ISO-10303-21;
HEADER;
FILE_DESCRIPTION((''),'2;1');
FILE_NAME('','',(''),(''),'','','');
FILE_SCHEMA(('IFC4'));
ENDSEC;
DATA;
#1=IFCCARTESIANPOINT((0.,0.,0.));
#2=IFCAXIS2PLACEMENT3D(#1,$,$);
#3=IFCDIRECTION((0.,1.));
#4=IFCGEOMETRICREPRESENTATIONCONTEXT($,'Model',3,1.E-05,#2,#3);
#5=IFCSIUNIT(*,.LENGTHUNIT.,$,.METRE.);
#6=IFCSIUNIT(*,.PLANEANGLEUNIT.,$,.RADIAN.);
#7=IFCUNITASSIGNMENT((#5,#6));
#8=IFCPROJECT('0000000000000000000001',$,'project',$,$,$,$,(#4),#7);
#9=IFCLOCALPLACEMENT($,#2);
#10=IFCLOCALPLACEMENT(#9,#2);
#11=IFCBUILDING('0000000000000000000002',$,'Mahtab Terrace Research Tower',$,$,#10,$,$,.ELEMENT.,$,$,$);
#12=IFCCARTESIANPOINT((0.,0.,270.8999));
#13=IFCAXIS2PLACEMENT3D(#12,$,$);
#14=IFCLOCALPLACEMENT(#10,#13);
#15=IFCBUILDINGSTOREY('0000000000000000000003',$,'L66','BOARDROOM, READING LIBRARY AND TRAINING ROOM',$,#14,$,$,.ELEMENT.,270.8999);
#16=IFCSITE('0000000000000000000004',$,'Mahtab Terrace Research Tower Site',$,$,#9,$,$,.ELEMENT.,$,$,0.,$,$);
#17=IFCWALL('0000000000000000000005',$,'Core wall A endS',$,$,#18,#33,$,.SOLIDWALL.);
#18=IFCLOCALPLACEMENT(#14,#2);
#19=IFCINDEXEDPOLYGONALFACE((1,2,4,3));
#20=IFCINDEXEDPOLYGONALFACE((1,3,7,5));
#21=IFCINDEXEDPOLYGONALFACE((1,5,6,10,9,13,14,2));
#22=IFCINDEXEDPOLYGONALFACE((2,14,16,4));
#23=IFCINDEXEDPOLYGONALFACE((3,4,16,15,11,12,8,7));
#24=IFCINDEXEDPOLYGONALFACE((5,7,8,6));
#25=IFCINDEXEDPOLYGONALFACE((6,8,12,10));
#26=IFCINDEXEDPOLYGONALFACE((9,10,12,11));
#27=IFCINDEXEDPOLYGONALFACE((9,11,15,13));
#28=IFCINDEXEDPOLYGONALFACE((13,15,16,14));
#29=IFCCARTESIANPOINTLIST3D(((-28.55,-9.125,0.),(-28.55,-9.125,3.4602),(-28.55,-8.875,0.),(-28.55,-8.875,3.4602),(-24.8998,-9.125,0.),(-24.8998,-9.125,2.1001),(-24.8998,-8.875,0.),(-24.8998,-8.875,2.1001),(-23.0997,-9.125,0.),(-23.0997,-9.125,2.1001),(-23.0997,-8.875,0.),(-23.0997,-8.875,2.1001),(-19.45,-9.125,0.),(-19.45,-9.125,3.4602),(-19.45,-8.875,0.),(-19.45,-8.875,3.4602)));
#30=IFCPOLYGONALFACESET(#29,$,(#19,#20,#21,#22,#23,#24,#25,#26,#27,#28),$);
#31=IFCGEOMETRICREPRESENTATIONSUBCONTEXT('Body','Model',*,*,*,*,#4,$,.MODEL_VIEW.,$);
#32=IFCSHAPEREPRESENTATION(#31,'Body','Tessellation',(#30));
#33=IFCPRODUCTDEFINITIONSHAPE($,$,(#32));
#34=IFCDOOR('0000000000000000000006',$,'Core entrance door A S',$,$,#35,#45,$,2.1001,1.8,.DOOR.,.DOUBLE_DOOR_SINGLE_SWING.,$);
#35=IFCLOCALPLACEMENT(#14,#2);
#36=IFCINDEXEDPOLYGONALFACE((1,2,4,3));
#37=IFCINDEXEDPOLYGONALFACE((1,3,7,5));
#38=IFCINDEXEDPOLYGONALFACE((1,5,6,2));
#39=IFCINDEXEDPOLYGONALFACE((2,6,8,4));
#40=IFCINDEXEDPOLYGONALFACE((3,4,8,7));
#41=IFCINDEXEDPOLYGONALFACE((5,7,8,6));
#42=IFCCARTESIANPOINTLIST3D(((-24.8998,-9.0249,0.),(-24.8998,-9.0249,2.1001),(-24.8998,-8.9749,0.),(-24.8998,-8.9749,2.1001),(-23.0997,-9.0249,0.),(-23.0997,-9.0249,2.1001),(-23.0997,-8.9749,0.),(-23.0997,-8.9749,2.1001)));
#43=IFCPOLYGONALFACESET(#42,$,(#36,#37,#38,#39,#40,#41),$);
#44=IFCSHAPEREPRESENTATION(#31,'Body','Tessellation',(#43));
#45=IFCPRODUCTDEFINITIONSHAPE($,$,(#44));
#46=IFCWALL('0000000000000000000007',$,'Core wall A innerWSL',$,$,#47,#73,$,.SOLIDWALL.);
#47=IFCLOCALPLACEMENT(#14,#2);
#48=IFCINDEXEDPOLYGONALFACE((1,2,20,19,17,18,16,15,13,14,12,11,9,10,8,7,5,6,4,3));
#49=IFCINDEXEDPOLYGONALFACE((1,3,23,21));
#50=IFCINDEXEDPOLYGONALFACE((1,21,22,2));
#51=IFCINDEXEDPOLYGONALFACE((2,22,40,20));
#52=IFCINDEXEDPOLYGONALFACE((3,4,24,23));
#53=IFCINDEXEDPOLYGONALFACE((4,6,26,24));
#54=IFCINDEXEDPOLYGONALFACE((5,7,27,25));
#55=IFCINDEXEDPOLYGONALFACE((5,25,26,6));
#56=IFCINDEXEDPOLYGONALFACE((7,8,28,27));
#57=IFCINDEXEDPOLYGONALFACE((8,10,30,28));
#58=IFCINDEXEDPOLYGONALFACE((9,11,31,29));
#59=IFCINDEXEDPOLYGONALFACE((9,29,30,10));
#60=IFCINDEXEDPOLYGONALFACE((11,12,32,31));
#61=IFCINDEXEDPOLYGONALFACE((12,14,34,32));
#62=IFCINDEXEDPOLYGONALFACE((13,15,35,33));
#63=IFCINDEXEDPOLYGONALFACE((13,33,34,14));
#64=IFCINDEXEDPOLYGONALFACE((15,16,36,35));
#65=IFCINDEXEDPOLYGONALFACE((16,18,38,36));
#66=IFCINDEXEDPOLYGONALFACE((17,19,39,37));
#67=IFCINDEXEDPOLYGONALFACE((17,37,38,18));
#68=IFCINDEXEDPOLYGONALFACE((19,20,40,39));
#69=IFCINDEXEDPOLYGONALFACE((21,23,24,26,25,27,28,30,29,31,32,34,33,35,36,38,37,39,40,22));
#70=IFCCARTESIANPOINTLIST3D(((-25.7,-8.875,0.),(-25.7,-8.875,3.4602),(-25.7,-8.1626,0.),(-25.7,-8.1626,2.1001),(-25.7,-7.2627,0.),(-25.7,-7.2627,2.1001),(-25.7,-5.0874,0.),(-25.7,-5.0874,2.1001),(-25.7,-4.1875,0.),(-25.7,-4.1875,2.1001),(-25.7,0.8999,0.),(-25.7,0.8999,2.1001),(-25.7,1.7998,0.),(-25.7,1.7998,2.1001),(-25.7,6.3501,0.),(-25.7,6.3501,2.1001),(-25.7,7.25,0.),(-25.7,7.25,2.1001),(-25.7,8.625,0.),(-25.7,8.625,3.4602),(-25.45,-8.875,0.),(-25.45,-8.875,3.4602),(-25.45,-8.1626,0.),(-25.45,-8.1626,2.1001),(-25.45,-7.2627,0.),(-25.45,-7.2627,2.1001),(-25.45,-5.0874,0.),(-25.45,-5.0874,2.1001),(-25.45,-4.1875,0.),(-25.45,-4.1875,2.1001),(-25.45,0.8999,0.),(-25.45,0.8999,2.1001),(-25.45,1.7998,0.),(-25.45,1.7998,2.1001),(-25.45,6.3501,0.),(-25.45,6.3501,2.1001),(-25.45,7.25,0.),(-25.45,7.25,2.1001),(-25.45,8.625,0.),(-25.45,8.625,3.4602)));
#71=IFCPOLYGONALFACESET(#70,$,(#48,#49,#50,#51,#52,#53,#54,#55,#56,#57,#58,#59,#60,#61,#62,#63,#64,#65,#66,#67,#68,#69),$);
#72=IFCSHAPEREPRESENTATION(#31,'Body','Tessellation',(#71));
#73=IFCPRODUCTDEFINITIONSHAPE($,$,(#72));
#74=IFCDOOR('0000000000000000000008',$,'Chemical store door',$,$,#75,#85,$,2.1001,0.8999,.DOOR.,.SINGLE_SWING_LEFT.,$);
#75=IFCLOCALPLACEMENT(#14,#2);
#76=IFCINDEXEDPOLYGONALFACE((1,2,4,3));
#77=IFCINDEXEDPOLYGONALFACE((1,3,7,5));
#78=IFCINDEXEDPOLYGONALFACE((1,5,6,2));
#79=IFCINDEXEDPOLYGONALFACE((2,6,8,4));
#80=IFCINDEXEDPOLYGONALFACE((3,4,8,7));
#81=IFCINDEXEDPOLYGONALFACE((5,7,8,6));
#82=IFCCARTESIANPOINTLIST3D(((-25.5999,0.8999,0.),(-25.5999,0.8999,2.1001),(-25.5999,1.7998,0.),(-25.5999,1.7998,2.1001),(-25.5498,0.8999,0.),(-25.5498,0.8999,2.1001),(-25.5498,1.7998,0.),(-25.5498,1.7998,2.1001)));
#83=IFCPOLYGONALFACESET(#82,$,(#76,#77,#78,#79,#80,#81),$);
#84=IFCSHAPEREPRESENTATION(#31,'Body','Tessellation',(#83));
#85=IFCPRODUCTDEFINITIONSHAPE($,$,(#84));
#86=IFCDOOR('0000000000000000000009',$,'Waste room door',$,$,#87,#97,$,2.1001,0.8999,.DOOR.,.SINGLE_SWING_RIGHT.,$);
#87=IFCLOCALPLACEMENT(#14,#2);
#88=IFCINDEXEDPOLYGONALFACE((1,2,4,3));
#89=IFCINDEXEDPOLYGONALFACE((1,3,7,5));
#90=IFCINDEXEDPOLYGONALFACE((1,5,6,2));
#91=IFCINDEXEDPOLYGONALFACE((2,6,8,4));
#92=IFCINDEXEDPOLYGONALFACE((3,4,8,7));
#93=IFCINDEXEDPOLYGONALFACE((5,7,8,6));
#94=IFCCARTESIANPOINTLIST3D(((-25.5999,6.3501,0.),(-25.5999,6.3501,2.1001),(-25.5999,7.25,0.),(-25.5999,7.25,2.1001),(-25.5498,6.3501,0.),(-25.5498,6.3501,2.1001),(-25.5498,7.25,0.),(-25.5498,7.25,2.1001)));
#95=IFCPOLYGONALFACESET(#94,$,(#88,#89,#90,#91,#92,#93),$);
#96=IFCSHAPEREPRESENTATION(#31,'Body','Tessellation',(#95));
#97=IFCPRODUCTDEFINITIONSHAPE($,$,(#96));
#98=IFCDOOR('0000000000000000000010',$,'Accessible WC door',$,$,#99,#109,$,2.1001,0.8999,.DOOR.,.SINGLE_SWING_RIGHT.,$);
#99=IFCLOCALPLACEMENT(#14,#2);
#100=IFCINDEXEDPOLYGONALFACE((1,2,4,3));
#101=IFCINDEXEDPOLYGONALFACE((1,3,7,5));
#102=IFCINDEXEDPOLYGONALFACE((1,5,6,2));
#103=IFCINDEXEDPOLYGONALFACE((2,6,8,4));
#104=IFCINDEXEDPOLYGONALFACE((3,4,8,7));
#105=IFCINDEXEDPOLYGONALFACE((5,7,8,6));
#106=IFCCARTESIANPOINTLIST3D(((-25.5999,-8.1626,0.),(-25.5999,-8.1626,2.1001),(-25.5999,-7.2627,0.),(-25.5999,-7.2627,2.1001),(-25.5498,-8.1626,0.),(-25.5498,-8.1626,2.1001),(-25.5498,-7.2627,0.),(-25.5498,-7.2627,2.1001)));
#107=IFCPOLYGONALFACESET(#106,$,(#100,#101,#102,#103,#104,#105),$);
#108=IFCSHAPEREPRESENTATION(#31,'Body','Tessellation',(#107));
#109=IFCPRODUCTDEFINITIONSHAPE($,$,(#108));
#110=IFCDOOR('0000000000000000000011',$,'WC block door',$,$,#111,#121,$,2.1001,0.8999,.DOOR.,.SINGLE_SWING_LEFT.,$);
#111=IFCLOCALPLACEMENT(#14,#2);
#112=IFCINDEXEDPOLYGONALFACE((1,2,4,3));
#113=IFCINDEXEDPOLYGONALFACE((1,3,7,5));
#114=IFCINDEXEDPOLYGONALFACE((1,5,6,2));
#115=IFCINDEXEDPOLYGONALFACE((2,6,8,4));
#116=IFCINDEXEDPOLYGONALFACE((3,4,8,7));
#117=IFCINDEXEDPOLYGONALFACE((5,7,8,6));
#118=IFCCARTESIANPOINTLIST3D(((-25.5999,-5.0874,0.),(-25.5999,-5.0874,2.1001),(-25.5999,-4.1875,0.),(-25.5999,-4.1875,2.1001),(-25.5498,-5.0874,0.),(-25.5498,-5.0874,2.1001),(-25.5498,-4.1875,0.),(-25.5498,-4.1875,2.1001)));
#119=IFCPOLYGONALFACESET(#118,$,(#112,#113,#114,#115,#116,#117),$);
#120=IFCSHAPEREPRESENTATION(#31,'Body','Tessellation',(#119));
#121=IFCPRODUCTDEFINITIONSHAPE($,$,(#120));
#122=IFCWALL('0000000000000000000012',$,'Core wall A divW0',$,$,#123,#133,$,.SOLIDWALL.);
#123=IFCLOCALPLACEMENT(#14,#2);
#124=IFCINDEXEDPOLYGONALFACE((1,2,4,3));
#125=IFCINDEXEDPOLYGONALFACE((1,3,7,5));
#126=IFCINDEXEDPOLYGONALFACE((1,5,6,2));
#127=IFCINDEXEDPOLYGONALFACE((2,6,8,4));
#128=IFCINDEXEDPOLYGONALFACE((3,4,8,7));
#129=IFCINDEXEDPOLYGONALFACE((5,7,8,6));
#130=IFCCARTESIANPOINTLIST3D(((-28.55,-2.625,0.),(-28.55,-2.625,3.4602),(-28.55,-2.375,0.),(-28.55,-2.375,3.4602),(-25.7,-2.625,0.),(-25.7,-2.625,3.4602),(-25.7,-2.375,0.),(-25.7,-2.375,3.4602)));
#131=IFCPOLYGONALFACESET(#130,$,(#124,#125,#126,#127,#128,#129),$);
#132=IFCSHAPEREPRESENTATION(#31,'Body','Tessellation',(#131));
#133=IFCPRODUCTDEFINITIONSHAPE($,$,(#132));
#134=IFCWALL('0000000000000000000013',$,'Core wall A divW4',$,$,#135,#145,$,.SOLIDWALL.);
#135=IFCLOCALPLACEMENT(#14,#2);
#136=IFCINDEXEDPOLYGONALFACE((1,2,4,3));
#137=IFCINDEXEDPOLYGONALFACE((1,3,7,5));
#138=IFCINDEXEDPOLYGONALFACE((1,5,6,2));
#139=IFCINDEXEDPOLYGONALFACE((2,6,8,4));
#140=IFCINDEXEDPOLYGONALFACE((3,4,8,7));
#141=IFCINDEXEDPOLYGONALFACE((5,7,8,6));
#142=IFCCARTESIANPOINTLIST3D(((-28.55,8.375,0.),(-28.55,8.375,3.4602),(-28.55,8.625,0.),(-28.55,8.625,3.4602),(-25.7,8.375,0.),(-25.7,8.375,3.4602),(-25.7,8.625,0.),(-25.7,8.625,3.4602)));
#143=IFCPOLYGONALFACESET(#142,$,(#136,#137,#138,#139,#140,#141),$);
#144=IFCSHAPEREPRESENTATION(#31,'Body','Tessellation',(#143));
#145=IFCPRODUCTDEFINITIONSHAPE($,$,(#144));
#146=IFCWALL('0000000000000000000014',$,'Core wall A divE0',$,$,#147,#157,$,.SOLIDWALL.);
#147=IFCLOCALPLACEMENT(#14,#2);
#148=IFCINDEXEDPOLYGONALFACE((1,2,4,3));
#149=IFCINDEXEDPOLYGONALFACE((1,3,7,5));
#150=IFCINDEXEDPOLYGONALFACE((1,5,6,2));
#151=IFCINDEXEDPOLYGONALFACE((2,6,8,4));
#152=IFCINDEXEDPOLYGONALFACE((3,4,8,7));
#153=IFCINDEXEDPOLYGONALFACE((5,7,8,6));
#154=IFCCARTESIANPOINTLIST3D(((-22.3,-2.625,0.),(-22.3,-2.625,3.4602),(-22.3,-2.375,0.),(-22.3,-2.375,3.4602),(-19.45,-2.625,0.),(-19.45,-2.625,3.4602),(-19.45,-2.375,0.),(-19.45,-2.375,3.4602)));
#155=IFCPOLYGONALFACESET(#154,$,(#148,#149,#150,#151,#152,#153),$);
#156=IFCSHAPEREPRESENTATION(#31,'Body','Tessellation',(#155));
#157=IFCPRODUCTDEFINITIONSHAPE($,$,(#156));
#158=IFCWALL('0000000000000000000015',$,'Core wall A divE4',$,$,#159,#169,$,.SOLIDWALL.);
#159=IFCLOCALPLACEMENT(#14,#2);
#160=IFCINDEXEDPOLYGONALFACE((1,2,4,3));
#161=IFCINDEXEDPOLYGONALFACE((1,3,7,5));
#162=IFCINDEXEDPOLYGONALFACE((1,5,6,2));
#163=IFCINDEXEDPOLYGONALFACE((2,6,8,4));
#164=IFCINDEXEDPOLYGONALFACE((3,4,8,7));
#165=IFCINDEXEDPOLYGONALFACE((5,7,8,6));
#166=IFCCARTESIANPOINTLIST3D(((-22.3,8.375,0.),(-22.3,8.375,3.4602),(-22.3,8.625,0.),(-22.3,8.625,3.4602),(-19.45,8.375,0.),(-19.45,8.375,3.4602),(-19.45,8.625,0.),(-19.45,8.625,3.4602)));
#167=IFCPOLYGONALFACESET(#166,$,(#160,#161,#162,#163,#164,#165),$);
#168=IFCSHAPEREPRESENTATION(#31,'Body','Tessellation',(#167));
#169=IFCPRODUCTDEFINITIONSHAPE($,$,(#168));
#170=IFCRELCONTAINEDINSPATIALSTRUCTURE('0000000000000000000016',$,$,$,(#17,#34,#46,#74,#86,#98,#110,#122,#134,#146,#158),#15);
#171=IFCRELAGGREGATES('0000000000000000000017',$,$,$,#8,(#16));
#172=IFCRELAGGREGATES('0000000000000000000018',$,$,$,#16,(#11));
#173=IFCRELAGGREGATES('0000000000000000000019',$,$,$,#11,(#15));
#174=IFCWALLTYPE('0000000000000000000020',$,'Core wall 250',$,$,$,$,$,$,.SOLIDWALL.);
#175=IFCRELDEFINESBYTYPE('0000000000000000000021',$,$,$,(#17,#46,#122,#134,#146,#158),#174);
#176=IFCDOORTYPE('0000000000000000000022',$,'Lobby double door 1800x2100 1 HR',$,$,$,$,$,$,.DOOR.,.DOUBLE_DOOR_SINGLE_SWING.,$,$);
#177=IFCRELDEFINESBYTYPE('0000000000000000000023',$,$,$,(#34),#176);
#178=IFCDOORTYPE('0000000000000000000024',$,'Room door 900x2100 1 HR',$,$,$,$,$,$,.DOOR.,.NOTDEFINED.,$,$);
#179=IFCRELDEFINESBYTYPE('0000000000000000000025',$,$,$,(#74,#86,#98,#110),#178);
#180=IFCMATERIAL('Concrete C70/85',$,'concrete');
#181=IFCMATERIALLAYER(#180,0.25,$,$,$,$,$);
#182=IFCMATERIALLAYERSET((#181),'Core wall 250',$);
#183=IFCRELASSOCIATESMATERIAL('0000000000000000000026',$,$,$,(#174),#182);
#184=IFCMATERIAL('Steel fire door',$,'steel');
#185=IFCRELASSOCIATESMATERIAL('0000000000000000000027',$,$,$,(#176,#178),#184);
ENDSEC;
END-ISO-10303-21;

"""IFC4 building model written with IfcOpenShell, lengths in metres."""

from ifc_helpers import new_model, si_unit, direction, frame, frame_2d, origin, place, context, subcontext, project, spatial, rectangle, extrude, material, layer, layer_set, type_object, element, fill, save


model = new_model("IFC4")

# Units and contexts
model_context = context("Model", 3, precision=1e-05, world=origin(), true_north=direction((0.0, 1.0)))
body_context = subcontext(model_context, "Body", "Model", "MODEL_VIEW")
ifc_project = project(units=[si_unit("LENGTHUNIT", "METRE"), si_unit("PLANEANGLEUNIT", "RADIAN")], contexts=[model_context])

# Site, building, storey
site_placement = place(None, origin())
site = spatial("IfcSite", under=ifc_project, at=site_placement, Name="Mahtab Terrace Research Tower Site", CompositionType="ELEMENT", RefElevation=0.0)
building_placement = place(site_placement, origin())
building = spatial("IfcBuilding", under=site, at=building_placement, Name="Mahtab Terrace Research Tower", CompositionType="ELEMENT")
storey_placement = place(building_placement, frame((0.0, 0.0, 270.8999)))
storey = spatial("IfcBuildingStorey", under=building, at=storey_placement, Name="L66", Description="BOARDROOM, READING LIBRARY AND TRAINING ROOM", CompositionType="ELEMENT", Elevation=270.8999)

# Shared definitions
ifc_material_1 = material(Name="Concrete C70/85", Category="concrete")

# Shared definitions
ifc_layer_1 = layer(ifc_material_1, 0.25)
ifc_layer_set_1 = layer_set([ifc_layer_1], Name="Core wall 250")
wall_type_1 = type_object("IfcWallType", Name="Core wall 250", PredefinedType="SOLIDWALL", material=ifc_layer_set_1)

# Wall, opening, door
wall_1_placement = place(storey_placement, frame((-19.45, -9.0, 0.0), z_axis=(0.0, 0.0, 1.0), x_axis=(-1.0, 0.0, 0.0)))
wall_1 = element("IfcWall", 1, at=wall_1_placement, inside=storey, type_object=wall_type_1, Name="Core wall A endS", PredefinedType="SOLIDWALL", context=body_context, shape_type="SweptSolid", body=[
    extrude(rectangle(XDim=9.1001, YDim=0.25, at=frame_2d((4.55, 0.0))), origin(), (0.0, 0.0, 1.0), 3.4602),
])
opening_1_placement = place(wall_1_placement, frame((3.6499, 0.0, 0.0)))
opening_1 = element("IfcOpeningElement", 2, at=opening_1_placement, cuts=wall_1, PredefinedType="OPENING", context=body_context, shape_type="SweptSolid", body=[
    extrude(rectangle(XDim=1.8, YDim=2.1001, at=frame_2d((0.8999, 1.05))), frame((0.0, 0.135, 0.0), z_axis=(0.0, -1.0, 0.0), x_axis=(1.0, 0.0, 0.0)), (0.0, 0.0, 1.0), 0.27),
])
ifc_material_2 = material(Name="Steel fire door", Category="steel")
door_type_1 = type_object("IfcDoorType", Name="Lobby double door 1800x2100 1 HR", OperationType="DOUBLE_DOOR_SINGLE_SWING", PredefinedType="DOOR", material=ifc_material_2)
door_1_placement = place(opening_1_placement, origin())
door_1 = element("IfcDoor", 3, at=door_1_placement, inside=storey, type_object=door_type_1, Name="Core entrance door A S", OperationType="DOUBLE_DOOR_SINGLE_SWING", OverallHeight=2.1001, OverallWidth=1.8, PredefinedType="DOOR", context=body_context, shape_type="SweptSolid", body=[
    extrude(rectangle(XDim=1.8, YDim=2.1001, at=frame_2d((0.8999, 1.05))), frame((0.0, 0.0249, 0.0), z_axis=(0.0, -1.0, 0.0), x_axis=(1.0, 0.0, 0.0)), (0.0, 0.0, 1.0), 0.05),
])
fill(opening_1, door_1)

# Wall, openings, doors
wall_2_placement = place(storey_placement, frame((-25.575, -8.875, 0.0), z_axis=(0.0, 0.0, 1.0), x_axis=(0.0, 1.0, 0.0)))
wall_2 = element("IfcWall", 4, at=wall_2_placement, inside=storey, type_object=wall_type_1, Name="Core wall A innerWSL", PredefinedType="SOLIDWALL", context=body_context, shape_type="SweptSolid", body=[
    extrude(rectangle(XDim=17.5, YDim=0.25, at=frame_2d((8.75, 0.0))), origin(), (0.0, 0.0, 1.0), 3.4602),
])
opening_2_placement = place(wall_2_placement, frame((9.7749, 0.0, 0.0)))
opening_2 = element("IfcOpeningElement", 5, at=opening_2_placement, cuts=wall_2, PredefinedType="OPENING", context=body_context, shape_type="SweptSolid", body=[
    extrude(rectangle(XDim=0.8999, YDim=2.1001, at=frame_2d((0.45, 1.05))), frame((0.0, 0.135, 0.0), z_axis=(0.0, -1.0, 0.0), x_axis=(1.0, 0.0, 0.0)), (0.0, 0.0, 1.0), 0.27),
])
opening_3_placement = place(wall_2_placement, frame((15.2251, 0.0, 0.0)))
opening_3 = element("IfcOpeningElement", 6, at=opening_3_placement, cuts=wall_2, PredefinedType="OPENING", context=body_context, shape_type="SweptSolid", body=[
    extrude(rectangle(XDim=0.8999, YDim=2.1001, at=frame_2d((0.45, 1.05))), frame((0.0, 0.135, 0.0), z_axis=(0.0, -1.0, 0.0), x_axis=(1.0, 0.0, 0.0)), (0.0, 0.0, 1.0), 0.27),
])
opening_4_placement = place(wall_2_placement, frame((0.7124, 0.0, 0.0)))
opening_4 = element("IfcOpeningElement", 7, at=opening_4_placement, cuts=wall_2, PredefinedType="OPENING", context=body_context, shape_type="SweptSolid", body=[
    extrude(rectangle(XDim=0.8999, YDim=2.1001, at=frame_2d((0.45, 1.05))), frame((0.0, 0.135, 0.0), z_axis=(0.0, -1.0, 0.0), x_axis=(1.0, 0.0, 0.0)), (0.0, 0.0, 1.0), 0.27),
])
opening_5_placement = place(wall_2_placement, frame((3.7876, 0.0, 0.0)))
opening_5 = element("IfcOpeningElement", 8, at=opening_5_placement, cuts=wall_2, PredefinedType="OPENING", context=body_context, shape_type="SweptSolid", body=[
    extrude(rectangle(XDim=0.8999, YDim=2.1001, at=frame_2d((0.45, 1.05))), frame((0.0, 0.135, 0.0), z_axis=(0.0, -1.0, 0.0), x_axis=(1.0, 0.0, 0.0)), (0.0, 0.0, 1.0), 0.27),
])
door_type_2 = type_object("IfcDoorType", Name="Room door 900x2100 1 HR", OperationType="NOTDEFINED", PredefinedType="DOOR", material=ifc_material_2)
door_2_placement = place(opening_2_placement, origin())
door_2 = element("IfcDoor", 9, at=door_2_placement, inside=storey, type_object=door_type_2, Name="Chemical store door", OperationType="SINGLE_SWING_LEFT", OverallHeight=2.1001, OverallWidth=0.8999, PredefinedType="DOOR", context=body_context, shape_type="SweptSolid", body=[
    extrude(rectangle(XDim=0.8999, YDim=2.1001, at=frame_2d((0.45, 1.05))), frame((0.0, 0.0249, 0.0), z_axis=(0.0, -1.0, 0.0), x_axis=(1.0, 0.0, 0.0)), (0.0, 0.0, 1.0), 0.05),
])
fill(opening_2, door_2)
door_3_placement = place(opening_3_placement, origin())
door_3 = element("IfcDoor", 10, at=door_3_placement, inside=storey, type_object=door_type_2, Name="Waste room door", OperationType="SINGLE_SWING_RIGHT", OverallHeight=2.1001, OverallWidth=0.8999, PredefinedType="DOOR", context=body_context, shape_type="SweptSolid", body=[
    extrude(rectangle(XDim=0.8999, YDim=2.1001, at=frame_2d((0.45, 1.05))), frame((0.0, 0.0249, 0.0), z_axis=(0.0, -1.0, 0.0), x_axis=(1.0, 0.0, 0.0)), (0.0, 0.0, 1.0), 0.05),
])
fill(opening_3, door_3)
door_4_placement = place(opening_4_placement, origin())
door_4 = element("IfcDoor", 11, at=door_4_placement, inside=storey, type_object=door_type_2, Name="Accessible WC door", OperationType="SINGLE_SWING_RIGHT", OverallHeight=2.1001, OverallWidth=0.8999, PredefinedType="DOOR", context=body_context, shape_type="SweptSolid", body=[
    extrude(rectangle(XDim=0.8999, YDim=2.1001, at=frame_2d((0.45, 1.05))), frame((0.0, 0.0249, 0.0), z_axis=(0.0, -1.0, 0.0), x_axis=(1.0, 0.0, 0.0)), (0.0, 0.0, 1.0), 0.05),
])
fill(opening_4, door_4)
door_5_placement = place(opening_5_placement, origin())
door_5 = element("IfcDoor", 12, at=door_5_placement, inside=storey, type_object=door_type_2, Name="WC block door", OperationType="SINGLE_SWING_LEFT", OverallHeight=2.1001, OverallWidth=0.8999, PredefinedType="DOOR", context=body_context, shape_type="SweptSolid", body=[
    extrude(rectangle(XDim=0.8999, YDim=2.1001, at=frame_2d((0.45, 1.05))), frame((0.0, 0.0249, 0.0), z_axis=(0.0, -1.0, 0.0), x_axis=(1.0, 0.0, 0.0)), (0.0, 0.0, 1.0), 0.05),
])
fill(opening_5, door_5)

# Walls
for number, where, z_axis, x_axis, name in (
    (13, (-28.55, -2.5, 0.0), (0.0, 0.0, 1.0), (1.0, 0.0, 0.0), "Core wall A divW0"),
    (14, (-28.55, 8.5, 0.0), (0.0, 0.0, 1.0), (1.0, 0.0, 0.0), "Core wall A divW4"),
    (15, (-22.3, -2.5, 0.0), (0.0, 0.0, 1.0), (1.0, 0.0, 0.0), "Core wall A divE0"),
    (16, (-22.3, 8.5, 0.0), (0.0, 0.0, 1.0), (1.0, 0.0, 0.0), "Core wall A divE4"),
):
    element("IfcWall", number, at=place(storey_placement, frame(where, z_axis=z_axis, x_axis=x_axis)), inside=storey, type_object=wall_type_1, Name=name, PredefinedType="SOLIDWALL", context=body_context, shape_type="SweptSolid", body=[
        extrude(rectangle(XDim=2.8501, YDim=0.25, at=frame_2d((1.425, 0.0))), origin(), (0.0, 0.0, 1.0), 3.4602),
    ])

save(model, "model.ifc")
